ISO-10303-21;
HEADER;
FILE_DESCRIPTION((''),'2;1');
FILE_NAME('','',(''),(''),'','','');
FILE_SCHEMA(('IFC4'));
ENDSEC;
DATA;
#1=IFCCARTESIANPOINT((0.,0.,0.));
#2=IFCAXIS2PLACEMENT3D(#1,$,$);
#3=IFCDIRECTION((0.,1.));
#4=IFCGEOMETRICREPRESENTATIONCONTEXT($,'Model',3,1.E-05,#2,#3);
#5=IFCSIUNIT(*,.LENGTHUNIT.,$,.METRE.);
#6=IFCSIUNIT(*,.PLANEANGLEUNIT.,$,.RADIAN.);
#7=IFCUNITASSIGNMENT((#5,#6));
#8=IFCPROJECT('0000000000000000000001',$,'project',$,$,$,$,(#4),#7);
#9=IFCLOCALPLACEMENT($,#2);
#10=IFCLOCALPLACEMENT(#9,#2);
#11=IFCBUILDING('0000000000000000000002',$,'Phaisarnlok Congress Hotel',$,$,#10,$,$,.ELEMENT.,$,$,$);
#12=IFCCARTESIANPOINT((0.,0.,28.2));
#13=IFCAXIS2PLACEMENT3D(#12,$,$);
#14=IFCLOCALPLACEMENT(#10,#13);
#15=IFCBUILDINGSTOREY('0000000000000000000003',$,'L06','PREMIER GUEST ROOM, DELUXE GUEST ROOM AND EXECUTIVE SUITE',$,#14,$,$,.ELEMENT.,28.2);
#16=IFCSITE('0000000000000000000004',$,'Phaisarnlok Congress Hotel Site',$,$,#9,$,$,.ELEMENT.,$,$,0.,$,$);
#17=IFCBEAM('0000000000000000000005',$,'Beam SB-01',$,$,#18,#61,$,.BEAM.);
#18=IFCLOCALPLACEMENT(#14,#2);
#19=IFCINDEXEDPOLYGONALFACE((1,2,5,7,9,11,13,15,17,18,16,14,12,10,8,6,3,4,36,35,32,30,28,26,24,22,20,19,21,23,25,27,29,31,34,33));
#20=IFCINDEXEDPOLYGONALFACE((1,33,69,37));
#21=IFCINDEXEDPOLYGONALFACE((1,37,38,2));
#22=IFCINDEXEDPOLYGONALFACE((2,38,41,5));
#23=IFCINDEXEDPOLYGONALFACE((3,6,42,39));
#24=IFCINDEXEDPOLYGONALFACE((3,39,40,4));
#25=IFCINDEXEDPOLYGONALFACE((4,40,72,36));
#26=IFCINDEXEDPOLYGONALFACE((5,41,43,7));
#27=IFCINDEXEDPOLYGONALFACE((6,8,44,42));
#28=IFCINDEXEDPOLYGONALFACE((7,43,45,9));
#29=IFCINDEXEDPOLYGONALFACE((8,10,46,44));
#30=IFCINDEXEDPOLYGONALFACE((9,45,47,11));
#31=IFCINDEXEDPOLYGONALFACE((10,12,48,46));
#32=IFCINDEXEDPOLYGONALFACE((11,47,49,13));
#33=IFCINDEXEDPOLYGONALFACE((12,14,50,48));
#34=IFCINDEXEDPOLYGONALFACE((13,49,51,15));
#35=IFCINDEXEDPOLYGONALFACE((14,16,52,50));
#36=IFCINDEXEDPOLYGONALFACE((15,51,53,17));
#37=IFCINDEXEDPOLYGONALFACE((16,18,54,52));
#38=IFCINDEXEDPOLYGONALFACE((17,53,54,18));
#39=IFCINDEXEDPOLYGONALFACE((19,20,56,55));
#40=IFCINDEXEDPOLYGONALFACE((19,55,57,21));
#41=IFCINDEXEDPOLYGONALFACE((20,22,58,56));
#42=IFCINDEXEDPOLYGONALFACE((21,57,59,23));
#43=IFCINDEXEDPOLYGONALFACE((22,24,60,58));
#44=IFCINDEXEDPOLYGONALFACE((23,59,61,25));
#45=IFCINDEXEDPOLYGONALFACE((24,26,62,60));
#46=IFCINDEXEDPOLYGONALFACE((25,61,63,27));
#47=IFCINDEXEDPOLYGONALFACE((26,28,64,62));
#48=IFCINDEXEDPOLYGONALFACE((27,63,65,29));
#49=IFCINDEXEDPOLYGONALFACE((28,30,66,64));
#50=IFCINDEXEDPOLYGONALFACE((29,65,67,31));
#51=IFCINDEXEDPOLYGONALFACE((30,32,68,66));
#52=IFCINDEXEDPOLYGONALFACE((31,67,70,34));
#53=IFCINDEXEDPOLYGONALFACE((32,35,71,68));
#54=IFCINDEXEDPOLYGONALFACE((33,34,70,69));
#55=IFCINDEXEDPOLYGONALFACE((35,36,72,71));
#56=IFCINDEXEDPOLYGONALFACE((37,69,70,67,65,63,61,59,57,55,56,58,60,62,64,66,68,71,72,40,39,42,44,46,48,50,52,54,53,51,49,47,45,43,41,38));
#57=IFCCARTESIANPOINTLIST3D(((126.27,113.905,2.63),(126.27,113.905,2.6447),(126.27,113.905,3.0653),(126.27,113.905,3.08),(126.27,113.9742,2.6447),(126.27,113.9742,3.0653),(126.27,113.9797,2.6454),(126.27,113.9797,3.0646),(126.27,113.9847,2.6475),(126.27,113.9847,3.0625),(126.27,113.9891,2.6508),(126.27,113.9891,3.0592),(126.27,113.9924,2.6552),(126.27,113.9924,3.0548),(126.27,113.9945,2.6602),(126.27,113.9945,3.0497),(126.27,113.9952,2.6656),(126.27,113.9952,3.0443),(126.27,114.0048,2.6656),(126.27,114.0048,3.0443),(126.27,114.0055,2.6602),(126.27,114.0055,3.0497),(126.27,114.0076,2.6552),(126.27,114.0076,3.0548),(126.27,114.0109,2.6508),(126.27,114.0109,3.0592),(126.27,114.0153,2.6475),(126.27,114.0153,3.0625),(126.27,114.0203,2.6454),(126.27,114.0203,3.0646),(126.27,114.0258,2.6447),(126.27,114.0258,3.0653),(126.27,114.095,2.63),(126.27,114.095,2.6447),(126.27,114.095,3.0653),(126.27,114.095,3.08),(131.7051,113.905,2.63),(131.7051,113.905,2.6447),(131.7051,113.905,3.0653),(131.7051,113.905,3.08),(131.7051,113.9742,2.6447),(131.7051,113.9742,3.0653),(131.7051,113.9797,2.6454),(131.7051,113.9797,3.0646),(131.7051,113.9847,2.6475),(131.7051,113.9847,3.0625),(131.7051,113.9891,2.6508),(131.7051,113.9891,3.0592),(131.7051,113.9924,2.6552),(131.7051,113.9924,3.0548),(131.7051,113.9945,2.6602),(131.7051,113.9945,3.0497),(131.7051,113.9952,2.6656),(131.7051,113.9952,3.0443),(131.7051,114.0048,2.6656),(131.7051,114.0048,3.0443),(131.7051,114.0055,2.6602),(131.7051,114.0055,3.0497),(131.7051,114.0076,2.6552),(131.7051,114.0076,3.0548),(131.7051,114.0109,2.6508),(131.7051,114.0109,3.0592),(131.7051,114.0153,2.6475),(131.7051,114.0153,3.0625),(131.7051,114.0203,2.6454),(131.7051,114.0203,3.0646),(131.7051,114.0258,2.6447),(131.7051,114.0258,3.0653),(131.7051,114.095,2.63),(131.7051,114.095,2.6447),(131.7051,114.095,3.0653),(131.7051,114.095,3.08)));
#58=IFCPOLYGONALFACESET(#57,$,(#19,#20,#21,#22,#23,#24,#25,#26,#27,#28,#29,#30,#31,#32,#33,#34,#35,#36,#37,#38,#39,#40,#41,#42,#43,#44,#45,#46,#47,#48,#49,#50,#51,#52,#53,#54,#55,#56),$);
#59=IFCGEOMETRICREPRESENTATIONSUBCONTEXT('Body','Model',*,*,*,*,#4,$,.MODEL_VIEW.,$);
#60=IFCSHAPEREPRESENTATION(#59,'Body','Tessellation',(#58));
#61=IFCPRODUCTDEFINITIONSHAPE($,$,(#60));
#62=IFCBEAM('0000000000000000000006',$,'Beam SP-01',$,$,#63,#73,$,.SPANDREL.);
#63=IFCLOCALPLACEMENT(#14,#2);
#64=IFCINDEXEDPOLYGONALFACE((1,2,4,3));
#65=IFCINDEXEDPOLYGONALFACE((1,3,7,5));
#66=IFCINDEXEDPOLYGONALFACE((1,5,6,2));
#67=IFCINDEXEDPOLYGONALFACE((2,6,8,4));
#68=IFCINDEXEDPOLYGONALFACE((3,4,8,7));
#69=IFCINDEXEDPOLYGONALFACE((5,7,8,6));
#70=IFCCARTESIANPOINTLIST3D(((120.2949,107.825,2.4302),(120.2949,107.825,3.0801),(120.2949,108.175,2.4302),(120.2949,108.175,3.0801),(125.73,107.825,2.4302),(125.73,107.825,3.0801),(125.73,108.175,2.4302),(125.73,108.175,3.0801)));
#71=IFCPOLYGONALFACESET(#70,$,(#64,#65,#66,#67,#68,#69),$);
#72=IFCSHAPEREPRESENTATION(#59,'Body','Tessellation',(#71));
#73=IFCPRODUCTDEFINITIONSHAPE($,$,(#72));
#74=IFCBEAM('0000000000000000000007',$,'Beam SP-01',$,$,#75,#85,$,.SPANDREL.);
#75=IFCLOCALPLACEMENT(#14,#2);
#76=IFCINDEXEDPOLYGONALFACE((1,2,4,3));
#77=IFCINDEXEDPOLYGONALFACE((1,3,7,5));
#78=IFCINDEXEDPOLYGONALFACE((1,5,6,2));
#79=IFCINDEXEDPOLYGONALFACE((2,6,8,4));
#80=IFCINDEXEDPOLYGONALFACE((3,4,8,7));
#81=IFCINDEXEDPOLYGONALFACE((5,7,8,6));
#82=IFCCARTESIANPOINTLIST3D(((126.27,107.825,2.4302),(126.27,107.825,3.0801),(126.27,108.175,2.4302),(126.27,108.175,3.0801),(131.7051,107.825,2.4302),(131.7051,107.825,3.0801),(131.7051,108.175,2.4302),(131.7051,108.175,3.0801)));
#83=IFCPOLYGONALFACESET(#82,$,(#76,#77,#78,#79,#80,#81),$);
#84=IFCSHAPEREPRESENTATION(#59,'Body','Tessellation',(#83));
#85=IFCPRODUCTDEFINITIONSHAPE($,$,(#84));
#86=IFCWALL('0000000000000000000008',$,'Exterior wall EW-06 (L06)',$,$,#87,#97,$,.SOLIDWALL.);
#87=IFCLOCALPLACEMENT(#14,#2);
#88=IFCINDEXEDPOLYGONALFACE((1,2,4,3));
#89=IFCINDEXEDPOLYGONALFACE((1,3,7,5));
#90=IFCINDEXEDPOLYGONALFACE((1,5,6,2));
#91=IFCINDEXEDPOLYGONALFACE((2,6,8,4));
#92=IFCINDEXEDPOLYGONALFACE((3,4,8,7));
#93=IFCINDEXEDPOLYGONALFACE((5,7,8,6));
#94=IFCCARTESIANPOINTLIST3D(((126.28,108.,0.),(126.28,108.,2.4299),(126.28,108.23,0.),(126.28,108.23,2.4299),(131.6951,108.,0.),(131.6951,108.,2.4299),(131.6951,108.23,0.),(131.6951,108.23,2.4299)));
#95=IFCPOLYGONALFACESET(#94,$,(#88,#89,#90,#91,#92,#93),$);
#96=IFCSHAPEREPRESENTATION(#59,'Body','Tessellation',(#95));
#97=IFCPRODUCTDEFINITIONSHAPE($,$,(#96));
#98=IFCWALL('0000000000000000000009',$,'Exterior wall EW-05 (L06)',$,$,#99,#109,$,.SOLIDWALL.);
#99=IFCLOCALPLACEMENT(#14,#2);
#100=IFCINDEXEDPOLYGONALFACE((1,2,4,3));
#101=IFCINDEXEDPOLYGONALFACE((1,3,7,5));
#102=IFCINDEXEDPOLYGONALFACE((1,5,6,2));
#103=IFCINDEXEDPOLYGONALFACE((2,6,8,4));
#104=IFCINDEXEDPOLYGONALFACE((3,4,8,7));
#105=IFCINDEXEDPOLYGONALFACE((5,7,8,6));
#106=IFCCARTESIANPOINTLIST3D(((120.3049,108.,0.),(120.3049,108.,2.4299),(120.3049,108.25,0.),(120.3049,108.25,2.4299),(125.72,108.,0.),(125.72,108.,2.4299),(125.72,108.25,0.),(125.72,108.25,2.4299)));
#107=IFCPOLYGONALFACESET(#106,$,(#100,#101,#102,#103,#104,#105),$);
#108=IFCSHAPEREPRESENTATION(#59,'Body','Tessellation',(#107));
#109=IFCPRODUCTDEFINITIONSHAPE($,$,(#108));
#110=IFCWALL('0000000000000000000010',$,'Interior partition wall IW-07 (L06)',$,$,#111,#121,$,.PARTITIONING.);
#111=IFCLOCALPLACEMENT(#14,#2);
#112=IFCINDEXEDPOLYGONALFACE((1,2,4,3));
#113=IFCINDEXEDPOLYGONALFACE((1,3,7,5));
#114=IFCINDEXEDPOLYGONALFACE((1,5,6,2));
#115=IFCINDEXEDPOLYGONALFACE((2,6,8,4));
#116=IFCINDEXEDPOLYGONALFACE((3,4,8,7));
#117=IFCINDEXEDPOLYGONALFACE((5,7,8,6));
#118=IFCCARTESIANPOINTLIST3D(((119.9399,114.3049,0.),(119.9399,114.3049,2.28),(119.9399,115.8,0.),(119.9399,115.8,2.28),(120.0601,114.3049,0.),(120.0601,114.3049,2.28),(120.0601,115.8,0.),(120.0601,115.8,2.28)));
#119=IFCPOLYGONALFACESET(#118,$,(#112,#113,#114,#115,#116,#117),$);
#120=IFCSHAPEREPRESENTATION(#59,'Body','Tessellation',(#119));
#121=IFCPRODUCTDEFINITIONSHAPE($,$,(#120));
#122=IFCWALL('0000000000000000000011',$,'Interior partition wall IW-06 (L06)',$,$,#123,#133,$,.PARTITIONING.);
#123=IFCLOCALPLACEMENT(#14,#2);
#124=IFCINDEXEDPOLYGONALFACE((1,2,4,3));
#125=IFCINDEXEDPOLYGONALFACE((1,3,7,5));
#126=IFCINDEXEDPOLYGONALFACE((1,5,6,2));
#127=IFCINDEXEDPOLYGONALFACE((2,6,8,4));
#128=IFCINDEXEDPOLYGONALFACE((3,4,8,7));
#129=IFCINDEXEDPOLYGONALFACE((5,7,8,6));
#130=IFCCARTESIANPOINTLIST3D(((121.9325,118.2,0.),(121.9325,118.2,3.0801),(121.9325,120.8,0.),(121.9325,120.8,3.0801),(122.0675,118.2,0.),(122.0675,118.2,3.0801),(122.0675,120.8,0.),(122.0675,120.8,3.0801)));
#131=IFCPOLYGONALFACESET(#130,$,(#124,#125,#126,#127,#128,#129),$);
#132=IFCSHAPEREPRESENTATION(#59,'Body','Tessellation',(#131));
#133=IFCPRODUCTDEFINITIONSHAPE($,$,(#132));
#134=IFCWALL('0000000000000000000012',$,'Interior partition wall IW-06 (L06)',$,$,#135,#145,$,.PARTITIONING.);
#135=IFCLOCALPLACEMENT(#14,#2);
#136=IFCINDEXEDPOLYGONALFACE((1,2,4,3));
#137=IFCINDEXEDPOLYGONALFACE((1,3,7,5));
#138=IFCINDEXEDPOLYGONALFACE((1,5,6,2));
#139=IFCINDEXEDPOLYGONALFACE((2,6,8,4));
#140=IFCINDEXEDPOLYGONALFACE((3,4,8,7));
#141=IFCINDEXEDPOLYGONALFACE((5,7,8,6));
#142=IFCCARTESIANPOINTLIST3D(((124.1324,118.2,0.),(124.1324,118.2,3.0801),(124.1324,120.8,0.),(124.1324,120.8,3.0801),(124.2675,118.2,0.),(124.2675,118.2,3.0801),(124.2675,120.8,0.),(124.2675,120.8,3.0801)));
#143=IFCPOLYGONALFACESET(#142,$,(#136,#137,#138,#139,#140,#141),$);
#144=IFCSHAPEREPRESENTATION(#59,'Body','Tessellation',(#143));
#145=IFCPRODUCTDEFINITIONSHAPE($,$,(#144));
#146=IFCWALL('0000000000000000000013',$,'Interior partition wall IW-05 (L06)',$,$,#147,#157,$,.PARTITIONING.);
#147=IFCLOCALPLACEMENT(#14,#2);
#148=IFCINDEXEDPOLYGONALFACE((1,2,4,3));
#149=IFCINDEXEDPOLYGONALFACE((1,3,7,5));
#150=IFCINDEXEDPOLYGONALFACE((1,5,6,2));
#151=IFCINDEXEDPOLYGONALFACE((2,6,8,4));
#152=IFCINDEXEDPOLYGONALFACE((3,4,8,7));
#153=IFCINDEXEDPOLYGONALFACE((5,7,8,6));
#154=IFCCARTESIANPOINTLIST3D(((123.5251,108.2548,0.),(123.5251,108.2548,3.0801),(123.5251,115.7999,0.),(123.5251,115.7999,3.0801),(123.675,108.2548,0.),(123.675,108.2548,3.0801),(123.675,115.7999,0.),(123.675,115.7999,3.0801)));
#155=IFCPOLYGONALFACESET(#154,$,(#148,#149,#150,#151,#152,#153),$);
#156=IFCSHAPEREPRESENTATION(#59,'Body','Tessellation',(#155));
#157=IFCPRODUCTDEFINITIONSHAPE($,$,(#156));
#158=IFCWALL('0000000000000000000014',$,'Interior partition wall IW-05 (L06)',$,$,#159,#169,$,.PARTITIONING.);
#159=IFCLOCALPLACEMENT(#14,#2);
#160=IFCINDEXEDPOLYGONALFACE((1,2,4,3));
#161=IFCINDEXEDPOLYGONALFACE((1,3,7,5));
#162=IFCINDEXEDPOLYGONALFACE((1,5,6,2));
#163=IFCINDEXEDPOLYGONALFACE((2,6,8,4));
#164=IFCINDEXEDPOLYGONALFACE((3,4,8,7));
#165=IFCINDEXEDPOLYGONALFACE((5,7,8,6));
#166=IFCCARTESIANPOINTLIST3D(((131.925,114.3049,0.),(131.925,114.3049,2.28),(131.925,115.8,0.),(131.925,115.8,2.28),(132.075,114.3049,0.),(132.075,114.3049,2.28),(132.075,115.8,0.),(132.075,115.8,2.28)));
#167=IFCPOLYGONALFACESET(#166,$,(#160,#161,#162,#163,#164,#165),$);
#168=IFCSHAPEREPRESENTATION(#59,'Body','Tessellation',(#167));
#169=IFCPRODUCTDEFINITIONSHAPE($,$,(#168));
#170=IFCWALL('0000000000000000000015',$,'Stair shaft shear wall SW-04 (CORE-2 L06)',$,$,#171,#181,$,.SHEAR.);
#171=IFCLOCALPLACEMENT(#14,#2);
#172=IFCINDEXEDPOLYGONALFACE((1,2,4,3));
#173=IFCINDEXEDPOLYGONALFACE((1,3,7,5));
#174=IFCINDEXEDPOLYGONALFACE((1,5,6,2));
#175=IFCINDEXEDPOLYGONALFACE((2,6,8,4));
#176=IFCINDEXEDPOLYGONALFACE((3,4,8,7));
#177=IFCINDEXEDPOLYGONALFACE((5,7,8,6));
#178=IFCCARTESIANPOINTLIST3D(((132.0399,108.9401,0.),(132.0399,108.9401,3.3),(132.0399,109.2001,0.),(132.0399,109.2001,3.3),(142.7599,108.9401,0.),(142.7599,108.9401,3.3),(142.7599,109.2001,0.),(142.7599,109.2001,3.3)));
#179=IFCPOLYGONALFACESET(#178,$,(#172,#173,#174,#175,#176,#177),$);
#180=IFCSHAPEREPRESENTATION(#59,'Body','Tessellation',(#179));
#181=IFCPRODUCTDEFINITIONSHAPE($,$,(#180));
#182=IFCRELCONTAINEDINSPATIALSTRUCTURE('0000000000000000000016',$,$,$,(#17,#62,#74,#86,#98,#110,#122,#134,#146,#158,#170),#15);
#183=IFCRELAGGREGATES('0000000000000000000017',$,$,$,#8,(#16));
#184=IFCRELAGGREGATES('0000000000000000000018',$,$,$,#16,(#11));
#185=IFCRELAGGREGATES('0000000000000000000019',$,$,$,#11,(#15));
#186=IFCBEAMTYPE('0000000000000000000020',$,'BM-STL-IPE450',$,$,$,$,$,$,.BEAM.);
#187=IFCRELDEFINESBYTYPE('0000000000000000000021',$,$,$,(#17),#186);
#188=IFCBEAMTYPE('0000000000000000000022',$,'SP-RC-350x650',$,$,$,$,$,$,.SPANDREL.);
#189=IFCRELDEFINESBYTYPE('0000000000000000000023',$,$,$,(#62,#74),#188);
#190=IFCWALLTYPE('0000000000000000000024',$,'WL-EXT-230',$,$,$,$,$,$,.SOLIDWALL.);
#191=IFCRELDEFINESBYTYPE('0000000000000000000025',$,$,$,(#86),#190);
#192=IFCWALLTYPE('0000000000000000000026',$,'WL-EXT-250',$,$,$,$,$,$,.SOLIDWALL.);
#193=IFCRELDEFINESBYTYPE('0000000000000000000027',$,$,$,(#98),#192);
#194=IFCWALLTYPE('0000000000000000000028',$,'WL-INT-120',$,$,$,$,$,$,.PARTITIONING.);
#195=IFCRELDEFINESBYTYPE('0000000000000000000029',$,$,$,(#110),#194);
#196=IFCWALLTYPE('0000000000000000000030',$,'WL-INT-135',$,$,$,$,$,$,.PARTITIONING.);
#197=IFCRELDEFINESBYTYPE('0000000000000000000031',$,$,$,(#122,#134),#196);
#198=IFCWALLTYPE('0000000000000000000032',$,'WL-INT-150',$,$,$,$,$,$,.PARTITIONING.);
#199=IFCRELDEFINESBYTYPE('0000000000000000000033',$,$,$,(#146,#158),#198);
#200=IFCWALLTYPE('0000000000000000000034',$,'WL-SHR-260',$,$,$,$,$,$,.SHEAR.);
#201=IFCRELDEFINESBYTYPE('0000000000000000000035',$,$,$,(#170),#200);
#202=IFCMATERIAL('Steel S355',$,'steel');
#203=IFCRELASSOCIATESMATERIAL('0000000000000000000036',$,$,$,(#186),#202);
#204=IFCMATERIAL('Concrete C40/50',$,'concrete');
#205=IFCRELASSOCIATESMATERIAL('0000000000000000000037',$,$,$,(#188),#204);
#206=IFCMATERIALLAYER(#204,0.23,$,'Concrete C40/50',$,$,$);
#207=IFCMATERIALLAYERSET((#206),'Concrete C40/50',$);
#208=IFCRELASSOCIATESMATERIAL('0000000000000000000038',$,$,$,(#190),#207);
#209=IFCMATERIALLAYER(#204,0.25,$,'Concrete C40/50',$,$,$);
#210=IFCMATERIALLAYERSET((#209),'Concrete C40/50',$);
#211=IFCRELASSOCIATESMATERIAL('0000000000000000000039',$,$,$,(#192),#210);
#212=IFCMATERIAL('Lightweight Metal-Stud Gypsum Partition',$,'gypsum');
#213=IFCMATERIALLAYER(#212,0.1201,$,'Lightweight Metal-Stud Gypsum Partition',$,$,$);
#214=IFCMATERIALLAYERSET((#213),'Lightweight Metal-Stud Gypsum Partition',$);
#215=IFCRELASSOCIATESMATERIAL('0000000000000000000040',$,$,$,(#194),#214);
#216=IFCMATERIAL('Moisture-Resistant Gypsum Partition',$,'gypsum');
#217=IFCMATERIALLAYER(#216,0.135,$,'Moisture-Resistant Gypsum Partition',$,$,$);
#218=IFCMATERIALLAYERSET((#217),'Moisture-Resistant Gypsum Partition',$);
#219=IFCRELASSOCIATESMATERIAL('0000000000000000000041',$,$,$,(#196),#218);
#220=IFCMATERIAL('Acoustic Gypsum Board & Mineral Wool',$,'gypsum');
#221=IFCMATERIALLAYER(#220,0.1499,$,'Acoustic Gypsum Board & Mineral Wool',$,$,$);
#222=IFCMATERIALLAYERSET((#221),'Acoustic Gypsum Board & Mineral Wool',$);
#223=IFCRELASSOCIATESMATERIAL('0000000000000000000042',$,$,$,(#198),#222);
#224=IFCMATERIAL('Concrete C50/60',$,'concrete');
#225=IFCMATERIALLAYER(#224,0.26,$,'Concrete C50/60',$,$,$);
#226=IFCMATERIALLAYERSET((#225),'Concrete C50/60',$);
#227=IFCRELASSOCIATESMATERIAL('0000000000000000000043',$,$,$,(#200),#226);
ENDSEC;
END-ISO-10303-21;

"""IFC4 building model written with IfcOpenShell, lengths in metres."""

from ifc_helpers import new_model, si_unit, direction, frame, frame_2d, origin, origin_2d, place, context, subcontext, project, spatial, rectangle, i_section, extrude, material, layer, layer_set, material_profile, profile_set, type_object, element, save


model = new_model("IFC4")

# Units and contexts
model_context = context("Model", 3, precision=1e-05, world=origin(), true_north=direction((0.0, 1.0)))
body_context = subcontext(model_context, "Body", "Model", "MODEL_VIEW")
ifc_project = project(units=[si_unit("LENGTHUNIT", "METRE"), si_unit("PLANEANGLEUNIT", "RADIAN")], contexts=[model_context])

# Site, building, storey
site_placement = place(None, origin())
site = spatial("IfcSite", under=ifc_project, at=site_placement, Name="Phaisarnlok Congress Hotel Site", CompositionType="ELEMENT", RefElevation=0.0)
building_placement = place(site_placement, origin())
building = spatial("IfcBuilding", under=site, at=building_placement, Name="Phaisarnlok Congress Hotel", CompositionType="ELEMENT")
storey_placement = place(building_placement, frame((0.0, 0.0, 28.2)))
storey = spatial("IfcBuildingStorey", under=building, at=storey_placement, Name="L06", Description="PREMIER GUEST ROOM, DELUXE GUEST ROOM AND EXECUTIVE SUITE", CompositionType="ELEMENT", Elevation=28.2)

# Shared definitions
ifc_material_1 = material(Name="Concrete C50/60", Category="concrete")

# Beams
ifc_material_2 = material(Name="Concrete C40/50", Category="concrete")
ifc_material_3 = material(Name="Steel S355", Category="steel")
ifc_material_profile_1 = material_profile(ifc_material_3, i_section(OverallWidth=0.1899, OverallDepth=0.45, WebThickness=0.0095, FlangeThickness=0.0146, FilletRadius=0.021, at=origin_2d()), Name="IPE 450")
ifc_profile_set_1 = profile_set([ifc_material_profile_1], Name="Steel S355")
beam_type_1 = type_object("IfcBeamType", Name="BM-STL-IPE450", PredefinedType="BEAM", material=ifc_profile_set_1)
beam_1_placement = place(storey_placement, frame((126.27, 114.0, 2.855), z_axis=(1.0, 0.0, 0.0), x_axis=(0.0, 1.0, 0.0)))
element("IfcBeam", 1, at=beam_1_placement, inside=storey, type_object=beam_type_1, Name="Beam SB-01", PredefinedType="BEAM", context=body_context, shape_type="SweptSolid", body=[
    extrude(i_section(OverallWidth=0.1899, OverallDepth=0.45, WebThickness=0.0095, FlangeThickness=0.0146, FilletRadius=0.021, at=origin_2d()), origin(), (0.0, 0.0, 1.0), 5.4351),
])
ifc_material_profile_2 = material_profile(ifc_material_2, rectangle(XDim=0.3501, YDim=0.6499, at=origin_2d()), Name="RC 350x650")
ifc_profile_set_2 = profile_set([ifc_material_profile_2], Name="Concrete C40/50")
beam_type_2 = type_object("IfcBeamType", Name="SP-RC-350x650", PredefinedType="SPANDREL", material=ifc_profile_set_2)
for number, where, z_axis, x_axis, name in (
    (2, (120.2949, 108.0, 2.7551), (1.0, 0.0, 0.0), (0.0, 1.0, 0.0), "Beam SP-01"),
    (3, (126.27, 108.0, 2.7551), (1.0, 0.0, 0.0), (0.0, 1.0, 0.0), "Beam SP-01"),
):
    element("IfcBeam", number, at=place(storey_placement, frame(where, z_axis=z_axis, x_axis=x_axis)), inside=storey, type_object=beam_type_2, Name=name, PredefinedType="SPANDREL", context=body_context, shape_type="SweptSolid", body=[
        extrude(rectangle(XDim=0.3501, YDim=0.6499, at=origin_2d()), origin(), (0.0, 0.0, 1.0), 5.4351),
    ])

# Walls
ifc_layer_1 = layer(ifc_material_2, 0.23, Name="Concrete C40/50")
ifc_layer_set_1 = layer_set([ifc_layer_1], Name="Concrete C40/50")
wall_type_1 = type_object("IfcWallType", Name="WL-EXT-230", PredefinedType="SOLIDWALL", material=ifc_layer_set_1)
wall_1_placement = place(storey_placement, frame((126.28, 108.115, 0.0), z_axis=(0.0, 0.0, 1.0), x_axis=(1.0, 0.0, 0.0)))
element("IfcWall", 4, at=wall_1_placement, inside=storey, type_object=wall_type_1, Name="Exterior wall EW-06 (L06)", PredefinedType="SOLIDWALL", context=body_context, shape_type="SweptSolid", body=[
    extrude(rectangle(XDim=5.415, YDim=0.23, at=frame_2d((2.7075, 0.0))), origin(), (0.0, 0.0, 1.0), 2.4299),
])
ifc_layer_2 = layer(ifc_material_2, 0.25, Name="Concrete C40/50")
ifc_layer_set_2 = layer_set([ifc_layer_2], Name="Concrete C40/50")
wall_type_2 = type_object("IfcWallType", Name="WL-EXT-250", PredefinedType="SOLIDWALL", material=ifc_layer_set_2)
wall_2_placement = place(storey_placement, frame((120.3049, 108.125, 0.0), z_axis=(0.0, 0.0, 1.0), x_axis=(1.0, 0.0, 0.0)))
element("IfcWall", 5, at=wall_2_placement, inside=storey, type_object=wall_type_2, Name="Exterior wall EW-05 (L06)", PredefinedType="SOLIDWALL", context=body_context, shape_type="SweptSolid", body=[
    extrude(rectangle(XDim=5.415, YDim=0.25, at=frame_2d((2.7075, 0.0))), origin(), (0.0, 0.0, 1.0), 2.4299),
])
ifc_material_4 = material(Name="Lightweight Metal-Stud Gypsum Partition", Category="gypsum")
ifc_layer_3 = layer(ifc_material_4, 0.1201, Name="Lightweight Metal-Stud Gypsum Partition")
ifc_layer_set_3 = layer_set([ifc_layer_3], Name="Lightweight Metal-Stud Gypsum Partition")
wall_type_3 = type_object("IfcWallType", Name="WL-INT-120", PredefinedType="PARTITIONING", material=ifc_layer_set_3)
wall_3_placement = place(storey_placement, frame((120.0, 114.3049, 0.0), z_axis=(0.0, 0.0, 1.0), x_axis=(0.0, 1.0, 0.0)))
element("IfcWall", 6, at=wall_3_placement, inside=storey, type_object=wall_type_3, Name="Interior partition wall IW-07 (L06)", PredefinedType="PARTITIONING", context=body_context, shape_type="SweptSolid", body=[
    extrude(rectangle(XDim=1.4951, YDim=0.1201, at=frame_2d((0.7476, 0.0))), origin(), (0.0, 0.0, 1.0), 2.28),
])
ifc_material_5 = material(Name="Moisture-Resistant Gypsum Partition", Category="gypsum")
ifc_layer_4 = layer(ifc_material_5, 0.135, Name="Moisture-Resistant Gypsum Partition")
ifc_layer_set_4 = layer_set([ifc_layer_4], Name="Moisture-Resistant Gypsum Partition")
wall_type_4 = type_object("IfcWallType", Name="WL-INT-135", PredefinedType="PARTITIONING", material=ifc_layer_set_4)
for number, where, z_axis, x_axis, name in (
    (7, (122.0, 118.2, 0.0), (0.0, 0.0, 1.0), (0.0, 1.0, 0.0), "Interior partition wall IW-06 (L06)"),
    (8, (124.2, 118.2, 0.0), (0.0, 0.0, 1.0), (0.0, 1.0, 0.0), "Interior partition wall IW-06 (L06)"),
):
    element("IfcWall", number, at=place(storey_placement, frame(where, z_axis=z_axis, x_axis=x_axis)), inside=storey, type_object=wall_type_4, Name=name, PredefinedType="PARTITIONING", context=body_context, shape_type="SweptSolid", body=[
        extrude(rectangle(XDim=2.6001, YDim=0.135, at=frame_2d((1.3, 0.0))), origin(), (0.0, 0.0, 1.0), 3.0801),
    ])
ifc_material_6 = material(Name="Acoustic Gypsum Board & Mineral Wool", Category="gypsum")
ifc_layer_5 = layer(ifc_material_6, 0.1499, Name="Acoustic Gypsum Board & Mineral Wool")
ifc_layer_set_5 = layer_set([ifc_layer_5], Name="Acoustic Gypsum Board & Mineral Wool")
wall_type_5 = type_object("IfcWallType", Name="WL-INT-150", PredefinedType="PARTITIONING", material=ifc_layer_set_5)
wall_4_placement = place(storey_placement, frame((123.6001, 108.2549, 0.0), z_axis=(0.0, 0.0, 1.0), x_axis=(0.0, 1.0, 0.0)))
element("IfcWall", 9, at=wall_4_placement, inside=storey, type_object=wall_type_5, Name="Interior partition wall IW-05 (L06)", PredefinedType="PARTITIONING", context=body_context, shape_type="SweptSolid", body=[
    extrude(rectangle(XDim=7.5452, YDim=0.1499, at=frame_2d((3.7725, 0.0))), origin(), (0.0, 0.0, 1.0), 3.0801),
])
wall_5_placement = place(storey_placement, frame((132.0, 114.3049, 0.0), z_axis=(0.0, 0.0, 1.0), x_axis=(0.0, 1.0, 0.0)))
element("IfcWall", 10, at=wall_5_placement, inside=storey, type_object=wall_type_5, Name="Interior partition wall IW-05 (L06)", PredefinedType="PARTITIONING", context=body_context, shape_type="SweptSolid", body=[
    extrude(rectangle(XDim=1.4951, YDim=0.1499, at=frame_2d((0.7476, 0.0))), origin(), (0.0, 0.0, 1.0), 2.28),
])
ifc_layer_6 = layer(ifc_material_1, 0.26, Name="Concrete C50/60")
ifc_layer_set_6 = layer_set([ifc_layer_6], Name="Concrete C50/60")
wall_type_6 = type_object("IfcWallType", Name="WL-SHR-260", PredefinedType="SHEAR", material=ifc_layer_set_6)
for number, where, z_axis, x_axis, name in (
    (11, (132.04, 109.0701, 0.0), (0.0, 0.0, 1.0), (1.0, 0.0, 0.0), "Stair shaft shear wall SW-04 (CORE-2 L06)"),
):
    element("IfcWall", number, at=place(storey_placement, frame(where, z_axis=z_axis, x_axis=x_axis)), inside=storey, type_object=wall_type_6, Name=name, PredefinedType="SHEAR", context=body_context, shape_type="SweptSolid", body=[
        extrude(rectangle(XDim=10.72, YDim=0.26, at=frame_2d((5.3599, 0.0))), origin(), (0.0, 0.0, 1.0), 3.3),
    ])

save(model, "model.ifc")
